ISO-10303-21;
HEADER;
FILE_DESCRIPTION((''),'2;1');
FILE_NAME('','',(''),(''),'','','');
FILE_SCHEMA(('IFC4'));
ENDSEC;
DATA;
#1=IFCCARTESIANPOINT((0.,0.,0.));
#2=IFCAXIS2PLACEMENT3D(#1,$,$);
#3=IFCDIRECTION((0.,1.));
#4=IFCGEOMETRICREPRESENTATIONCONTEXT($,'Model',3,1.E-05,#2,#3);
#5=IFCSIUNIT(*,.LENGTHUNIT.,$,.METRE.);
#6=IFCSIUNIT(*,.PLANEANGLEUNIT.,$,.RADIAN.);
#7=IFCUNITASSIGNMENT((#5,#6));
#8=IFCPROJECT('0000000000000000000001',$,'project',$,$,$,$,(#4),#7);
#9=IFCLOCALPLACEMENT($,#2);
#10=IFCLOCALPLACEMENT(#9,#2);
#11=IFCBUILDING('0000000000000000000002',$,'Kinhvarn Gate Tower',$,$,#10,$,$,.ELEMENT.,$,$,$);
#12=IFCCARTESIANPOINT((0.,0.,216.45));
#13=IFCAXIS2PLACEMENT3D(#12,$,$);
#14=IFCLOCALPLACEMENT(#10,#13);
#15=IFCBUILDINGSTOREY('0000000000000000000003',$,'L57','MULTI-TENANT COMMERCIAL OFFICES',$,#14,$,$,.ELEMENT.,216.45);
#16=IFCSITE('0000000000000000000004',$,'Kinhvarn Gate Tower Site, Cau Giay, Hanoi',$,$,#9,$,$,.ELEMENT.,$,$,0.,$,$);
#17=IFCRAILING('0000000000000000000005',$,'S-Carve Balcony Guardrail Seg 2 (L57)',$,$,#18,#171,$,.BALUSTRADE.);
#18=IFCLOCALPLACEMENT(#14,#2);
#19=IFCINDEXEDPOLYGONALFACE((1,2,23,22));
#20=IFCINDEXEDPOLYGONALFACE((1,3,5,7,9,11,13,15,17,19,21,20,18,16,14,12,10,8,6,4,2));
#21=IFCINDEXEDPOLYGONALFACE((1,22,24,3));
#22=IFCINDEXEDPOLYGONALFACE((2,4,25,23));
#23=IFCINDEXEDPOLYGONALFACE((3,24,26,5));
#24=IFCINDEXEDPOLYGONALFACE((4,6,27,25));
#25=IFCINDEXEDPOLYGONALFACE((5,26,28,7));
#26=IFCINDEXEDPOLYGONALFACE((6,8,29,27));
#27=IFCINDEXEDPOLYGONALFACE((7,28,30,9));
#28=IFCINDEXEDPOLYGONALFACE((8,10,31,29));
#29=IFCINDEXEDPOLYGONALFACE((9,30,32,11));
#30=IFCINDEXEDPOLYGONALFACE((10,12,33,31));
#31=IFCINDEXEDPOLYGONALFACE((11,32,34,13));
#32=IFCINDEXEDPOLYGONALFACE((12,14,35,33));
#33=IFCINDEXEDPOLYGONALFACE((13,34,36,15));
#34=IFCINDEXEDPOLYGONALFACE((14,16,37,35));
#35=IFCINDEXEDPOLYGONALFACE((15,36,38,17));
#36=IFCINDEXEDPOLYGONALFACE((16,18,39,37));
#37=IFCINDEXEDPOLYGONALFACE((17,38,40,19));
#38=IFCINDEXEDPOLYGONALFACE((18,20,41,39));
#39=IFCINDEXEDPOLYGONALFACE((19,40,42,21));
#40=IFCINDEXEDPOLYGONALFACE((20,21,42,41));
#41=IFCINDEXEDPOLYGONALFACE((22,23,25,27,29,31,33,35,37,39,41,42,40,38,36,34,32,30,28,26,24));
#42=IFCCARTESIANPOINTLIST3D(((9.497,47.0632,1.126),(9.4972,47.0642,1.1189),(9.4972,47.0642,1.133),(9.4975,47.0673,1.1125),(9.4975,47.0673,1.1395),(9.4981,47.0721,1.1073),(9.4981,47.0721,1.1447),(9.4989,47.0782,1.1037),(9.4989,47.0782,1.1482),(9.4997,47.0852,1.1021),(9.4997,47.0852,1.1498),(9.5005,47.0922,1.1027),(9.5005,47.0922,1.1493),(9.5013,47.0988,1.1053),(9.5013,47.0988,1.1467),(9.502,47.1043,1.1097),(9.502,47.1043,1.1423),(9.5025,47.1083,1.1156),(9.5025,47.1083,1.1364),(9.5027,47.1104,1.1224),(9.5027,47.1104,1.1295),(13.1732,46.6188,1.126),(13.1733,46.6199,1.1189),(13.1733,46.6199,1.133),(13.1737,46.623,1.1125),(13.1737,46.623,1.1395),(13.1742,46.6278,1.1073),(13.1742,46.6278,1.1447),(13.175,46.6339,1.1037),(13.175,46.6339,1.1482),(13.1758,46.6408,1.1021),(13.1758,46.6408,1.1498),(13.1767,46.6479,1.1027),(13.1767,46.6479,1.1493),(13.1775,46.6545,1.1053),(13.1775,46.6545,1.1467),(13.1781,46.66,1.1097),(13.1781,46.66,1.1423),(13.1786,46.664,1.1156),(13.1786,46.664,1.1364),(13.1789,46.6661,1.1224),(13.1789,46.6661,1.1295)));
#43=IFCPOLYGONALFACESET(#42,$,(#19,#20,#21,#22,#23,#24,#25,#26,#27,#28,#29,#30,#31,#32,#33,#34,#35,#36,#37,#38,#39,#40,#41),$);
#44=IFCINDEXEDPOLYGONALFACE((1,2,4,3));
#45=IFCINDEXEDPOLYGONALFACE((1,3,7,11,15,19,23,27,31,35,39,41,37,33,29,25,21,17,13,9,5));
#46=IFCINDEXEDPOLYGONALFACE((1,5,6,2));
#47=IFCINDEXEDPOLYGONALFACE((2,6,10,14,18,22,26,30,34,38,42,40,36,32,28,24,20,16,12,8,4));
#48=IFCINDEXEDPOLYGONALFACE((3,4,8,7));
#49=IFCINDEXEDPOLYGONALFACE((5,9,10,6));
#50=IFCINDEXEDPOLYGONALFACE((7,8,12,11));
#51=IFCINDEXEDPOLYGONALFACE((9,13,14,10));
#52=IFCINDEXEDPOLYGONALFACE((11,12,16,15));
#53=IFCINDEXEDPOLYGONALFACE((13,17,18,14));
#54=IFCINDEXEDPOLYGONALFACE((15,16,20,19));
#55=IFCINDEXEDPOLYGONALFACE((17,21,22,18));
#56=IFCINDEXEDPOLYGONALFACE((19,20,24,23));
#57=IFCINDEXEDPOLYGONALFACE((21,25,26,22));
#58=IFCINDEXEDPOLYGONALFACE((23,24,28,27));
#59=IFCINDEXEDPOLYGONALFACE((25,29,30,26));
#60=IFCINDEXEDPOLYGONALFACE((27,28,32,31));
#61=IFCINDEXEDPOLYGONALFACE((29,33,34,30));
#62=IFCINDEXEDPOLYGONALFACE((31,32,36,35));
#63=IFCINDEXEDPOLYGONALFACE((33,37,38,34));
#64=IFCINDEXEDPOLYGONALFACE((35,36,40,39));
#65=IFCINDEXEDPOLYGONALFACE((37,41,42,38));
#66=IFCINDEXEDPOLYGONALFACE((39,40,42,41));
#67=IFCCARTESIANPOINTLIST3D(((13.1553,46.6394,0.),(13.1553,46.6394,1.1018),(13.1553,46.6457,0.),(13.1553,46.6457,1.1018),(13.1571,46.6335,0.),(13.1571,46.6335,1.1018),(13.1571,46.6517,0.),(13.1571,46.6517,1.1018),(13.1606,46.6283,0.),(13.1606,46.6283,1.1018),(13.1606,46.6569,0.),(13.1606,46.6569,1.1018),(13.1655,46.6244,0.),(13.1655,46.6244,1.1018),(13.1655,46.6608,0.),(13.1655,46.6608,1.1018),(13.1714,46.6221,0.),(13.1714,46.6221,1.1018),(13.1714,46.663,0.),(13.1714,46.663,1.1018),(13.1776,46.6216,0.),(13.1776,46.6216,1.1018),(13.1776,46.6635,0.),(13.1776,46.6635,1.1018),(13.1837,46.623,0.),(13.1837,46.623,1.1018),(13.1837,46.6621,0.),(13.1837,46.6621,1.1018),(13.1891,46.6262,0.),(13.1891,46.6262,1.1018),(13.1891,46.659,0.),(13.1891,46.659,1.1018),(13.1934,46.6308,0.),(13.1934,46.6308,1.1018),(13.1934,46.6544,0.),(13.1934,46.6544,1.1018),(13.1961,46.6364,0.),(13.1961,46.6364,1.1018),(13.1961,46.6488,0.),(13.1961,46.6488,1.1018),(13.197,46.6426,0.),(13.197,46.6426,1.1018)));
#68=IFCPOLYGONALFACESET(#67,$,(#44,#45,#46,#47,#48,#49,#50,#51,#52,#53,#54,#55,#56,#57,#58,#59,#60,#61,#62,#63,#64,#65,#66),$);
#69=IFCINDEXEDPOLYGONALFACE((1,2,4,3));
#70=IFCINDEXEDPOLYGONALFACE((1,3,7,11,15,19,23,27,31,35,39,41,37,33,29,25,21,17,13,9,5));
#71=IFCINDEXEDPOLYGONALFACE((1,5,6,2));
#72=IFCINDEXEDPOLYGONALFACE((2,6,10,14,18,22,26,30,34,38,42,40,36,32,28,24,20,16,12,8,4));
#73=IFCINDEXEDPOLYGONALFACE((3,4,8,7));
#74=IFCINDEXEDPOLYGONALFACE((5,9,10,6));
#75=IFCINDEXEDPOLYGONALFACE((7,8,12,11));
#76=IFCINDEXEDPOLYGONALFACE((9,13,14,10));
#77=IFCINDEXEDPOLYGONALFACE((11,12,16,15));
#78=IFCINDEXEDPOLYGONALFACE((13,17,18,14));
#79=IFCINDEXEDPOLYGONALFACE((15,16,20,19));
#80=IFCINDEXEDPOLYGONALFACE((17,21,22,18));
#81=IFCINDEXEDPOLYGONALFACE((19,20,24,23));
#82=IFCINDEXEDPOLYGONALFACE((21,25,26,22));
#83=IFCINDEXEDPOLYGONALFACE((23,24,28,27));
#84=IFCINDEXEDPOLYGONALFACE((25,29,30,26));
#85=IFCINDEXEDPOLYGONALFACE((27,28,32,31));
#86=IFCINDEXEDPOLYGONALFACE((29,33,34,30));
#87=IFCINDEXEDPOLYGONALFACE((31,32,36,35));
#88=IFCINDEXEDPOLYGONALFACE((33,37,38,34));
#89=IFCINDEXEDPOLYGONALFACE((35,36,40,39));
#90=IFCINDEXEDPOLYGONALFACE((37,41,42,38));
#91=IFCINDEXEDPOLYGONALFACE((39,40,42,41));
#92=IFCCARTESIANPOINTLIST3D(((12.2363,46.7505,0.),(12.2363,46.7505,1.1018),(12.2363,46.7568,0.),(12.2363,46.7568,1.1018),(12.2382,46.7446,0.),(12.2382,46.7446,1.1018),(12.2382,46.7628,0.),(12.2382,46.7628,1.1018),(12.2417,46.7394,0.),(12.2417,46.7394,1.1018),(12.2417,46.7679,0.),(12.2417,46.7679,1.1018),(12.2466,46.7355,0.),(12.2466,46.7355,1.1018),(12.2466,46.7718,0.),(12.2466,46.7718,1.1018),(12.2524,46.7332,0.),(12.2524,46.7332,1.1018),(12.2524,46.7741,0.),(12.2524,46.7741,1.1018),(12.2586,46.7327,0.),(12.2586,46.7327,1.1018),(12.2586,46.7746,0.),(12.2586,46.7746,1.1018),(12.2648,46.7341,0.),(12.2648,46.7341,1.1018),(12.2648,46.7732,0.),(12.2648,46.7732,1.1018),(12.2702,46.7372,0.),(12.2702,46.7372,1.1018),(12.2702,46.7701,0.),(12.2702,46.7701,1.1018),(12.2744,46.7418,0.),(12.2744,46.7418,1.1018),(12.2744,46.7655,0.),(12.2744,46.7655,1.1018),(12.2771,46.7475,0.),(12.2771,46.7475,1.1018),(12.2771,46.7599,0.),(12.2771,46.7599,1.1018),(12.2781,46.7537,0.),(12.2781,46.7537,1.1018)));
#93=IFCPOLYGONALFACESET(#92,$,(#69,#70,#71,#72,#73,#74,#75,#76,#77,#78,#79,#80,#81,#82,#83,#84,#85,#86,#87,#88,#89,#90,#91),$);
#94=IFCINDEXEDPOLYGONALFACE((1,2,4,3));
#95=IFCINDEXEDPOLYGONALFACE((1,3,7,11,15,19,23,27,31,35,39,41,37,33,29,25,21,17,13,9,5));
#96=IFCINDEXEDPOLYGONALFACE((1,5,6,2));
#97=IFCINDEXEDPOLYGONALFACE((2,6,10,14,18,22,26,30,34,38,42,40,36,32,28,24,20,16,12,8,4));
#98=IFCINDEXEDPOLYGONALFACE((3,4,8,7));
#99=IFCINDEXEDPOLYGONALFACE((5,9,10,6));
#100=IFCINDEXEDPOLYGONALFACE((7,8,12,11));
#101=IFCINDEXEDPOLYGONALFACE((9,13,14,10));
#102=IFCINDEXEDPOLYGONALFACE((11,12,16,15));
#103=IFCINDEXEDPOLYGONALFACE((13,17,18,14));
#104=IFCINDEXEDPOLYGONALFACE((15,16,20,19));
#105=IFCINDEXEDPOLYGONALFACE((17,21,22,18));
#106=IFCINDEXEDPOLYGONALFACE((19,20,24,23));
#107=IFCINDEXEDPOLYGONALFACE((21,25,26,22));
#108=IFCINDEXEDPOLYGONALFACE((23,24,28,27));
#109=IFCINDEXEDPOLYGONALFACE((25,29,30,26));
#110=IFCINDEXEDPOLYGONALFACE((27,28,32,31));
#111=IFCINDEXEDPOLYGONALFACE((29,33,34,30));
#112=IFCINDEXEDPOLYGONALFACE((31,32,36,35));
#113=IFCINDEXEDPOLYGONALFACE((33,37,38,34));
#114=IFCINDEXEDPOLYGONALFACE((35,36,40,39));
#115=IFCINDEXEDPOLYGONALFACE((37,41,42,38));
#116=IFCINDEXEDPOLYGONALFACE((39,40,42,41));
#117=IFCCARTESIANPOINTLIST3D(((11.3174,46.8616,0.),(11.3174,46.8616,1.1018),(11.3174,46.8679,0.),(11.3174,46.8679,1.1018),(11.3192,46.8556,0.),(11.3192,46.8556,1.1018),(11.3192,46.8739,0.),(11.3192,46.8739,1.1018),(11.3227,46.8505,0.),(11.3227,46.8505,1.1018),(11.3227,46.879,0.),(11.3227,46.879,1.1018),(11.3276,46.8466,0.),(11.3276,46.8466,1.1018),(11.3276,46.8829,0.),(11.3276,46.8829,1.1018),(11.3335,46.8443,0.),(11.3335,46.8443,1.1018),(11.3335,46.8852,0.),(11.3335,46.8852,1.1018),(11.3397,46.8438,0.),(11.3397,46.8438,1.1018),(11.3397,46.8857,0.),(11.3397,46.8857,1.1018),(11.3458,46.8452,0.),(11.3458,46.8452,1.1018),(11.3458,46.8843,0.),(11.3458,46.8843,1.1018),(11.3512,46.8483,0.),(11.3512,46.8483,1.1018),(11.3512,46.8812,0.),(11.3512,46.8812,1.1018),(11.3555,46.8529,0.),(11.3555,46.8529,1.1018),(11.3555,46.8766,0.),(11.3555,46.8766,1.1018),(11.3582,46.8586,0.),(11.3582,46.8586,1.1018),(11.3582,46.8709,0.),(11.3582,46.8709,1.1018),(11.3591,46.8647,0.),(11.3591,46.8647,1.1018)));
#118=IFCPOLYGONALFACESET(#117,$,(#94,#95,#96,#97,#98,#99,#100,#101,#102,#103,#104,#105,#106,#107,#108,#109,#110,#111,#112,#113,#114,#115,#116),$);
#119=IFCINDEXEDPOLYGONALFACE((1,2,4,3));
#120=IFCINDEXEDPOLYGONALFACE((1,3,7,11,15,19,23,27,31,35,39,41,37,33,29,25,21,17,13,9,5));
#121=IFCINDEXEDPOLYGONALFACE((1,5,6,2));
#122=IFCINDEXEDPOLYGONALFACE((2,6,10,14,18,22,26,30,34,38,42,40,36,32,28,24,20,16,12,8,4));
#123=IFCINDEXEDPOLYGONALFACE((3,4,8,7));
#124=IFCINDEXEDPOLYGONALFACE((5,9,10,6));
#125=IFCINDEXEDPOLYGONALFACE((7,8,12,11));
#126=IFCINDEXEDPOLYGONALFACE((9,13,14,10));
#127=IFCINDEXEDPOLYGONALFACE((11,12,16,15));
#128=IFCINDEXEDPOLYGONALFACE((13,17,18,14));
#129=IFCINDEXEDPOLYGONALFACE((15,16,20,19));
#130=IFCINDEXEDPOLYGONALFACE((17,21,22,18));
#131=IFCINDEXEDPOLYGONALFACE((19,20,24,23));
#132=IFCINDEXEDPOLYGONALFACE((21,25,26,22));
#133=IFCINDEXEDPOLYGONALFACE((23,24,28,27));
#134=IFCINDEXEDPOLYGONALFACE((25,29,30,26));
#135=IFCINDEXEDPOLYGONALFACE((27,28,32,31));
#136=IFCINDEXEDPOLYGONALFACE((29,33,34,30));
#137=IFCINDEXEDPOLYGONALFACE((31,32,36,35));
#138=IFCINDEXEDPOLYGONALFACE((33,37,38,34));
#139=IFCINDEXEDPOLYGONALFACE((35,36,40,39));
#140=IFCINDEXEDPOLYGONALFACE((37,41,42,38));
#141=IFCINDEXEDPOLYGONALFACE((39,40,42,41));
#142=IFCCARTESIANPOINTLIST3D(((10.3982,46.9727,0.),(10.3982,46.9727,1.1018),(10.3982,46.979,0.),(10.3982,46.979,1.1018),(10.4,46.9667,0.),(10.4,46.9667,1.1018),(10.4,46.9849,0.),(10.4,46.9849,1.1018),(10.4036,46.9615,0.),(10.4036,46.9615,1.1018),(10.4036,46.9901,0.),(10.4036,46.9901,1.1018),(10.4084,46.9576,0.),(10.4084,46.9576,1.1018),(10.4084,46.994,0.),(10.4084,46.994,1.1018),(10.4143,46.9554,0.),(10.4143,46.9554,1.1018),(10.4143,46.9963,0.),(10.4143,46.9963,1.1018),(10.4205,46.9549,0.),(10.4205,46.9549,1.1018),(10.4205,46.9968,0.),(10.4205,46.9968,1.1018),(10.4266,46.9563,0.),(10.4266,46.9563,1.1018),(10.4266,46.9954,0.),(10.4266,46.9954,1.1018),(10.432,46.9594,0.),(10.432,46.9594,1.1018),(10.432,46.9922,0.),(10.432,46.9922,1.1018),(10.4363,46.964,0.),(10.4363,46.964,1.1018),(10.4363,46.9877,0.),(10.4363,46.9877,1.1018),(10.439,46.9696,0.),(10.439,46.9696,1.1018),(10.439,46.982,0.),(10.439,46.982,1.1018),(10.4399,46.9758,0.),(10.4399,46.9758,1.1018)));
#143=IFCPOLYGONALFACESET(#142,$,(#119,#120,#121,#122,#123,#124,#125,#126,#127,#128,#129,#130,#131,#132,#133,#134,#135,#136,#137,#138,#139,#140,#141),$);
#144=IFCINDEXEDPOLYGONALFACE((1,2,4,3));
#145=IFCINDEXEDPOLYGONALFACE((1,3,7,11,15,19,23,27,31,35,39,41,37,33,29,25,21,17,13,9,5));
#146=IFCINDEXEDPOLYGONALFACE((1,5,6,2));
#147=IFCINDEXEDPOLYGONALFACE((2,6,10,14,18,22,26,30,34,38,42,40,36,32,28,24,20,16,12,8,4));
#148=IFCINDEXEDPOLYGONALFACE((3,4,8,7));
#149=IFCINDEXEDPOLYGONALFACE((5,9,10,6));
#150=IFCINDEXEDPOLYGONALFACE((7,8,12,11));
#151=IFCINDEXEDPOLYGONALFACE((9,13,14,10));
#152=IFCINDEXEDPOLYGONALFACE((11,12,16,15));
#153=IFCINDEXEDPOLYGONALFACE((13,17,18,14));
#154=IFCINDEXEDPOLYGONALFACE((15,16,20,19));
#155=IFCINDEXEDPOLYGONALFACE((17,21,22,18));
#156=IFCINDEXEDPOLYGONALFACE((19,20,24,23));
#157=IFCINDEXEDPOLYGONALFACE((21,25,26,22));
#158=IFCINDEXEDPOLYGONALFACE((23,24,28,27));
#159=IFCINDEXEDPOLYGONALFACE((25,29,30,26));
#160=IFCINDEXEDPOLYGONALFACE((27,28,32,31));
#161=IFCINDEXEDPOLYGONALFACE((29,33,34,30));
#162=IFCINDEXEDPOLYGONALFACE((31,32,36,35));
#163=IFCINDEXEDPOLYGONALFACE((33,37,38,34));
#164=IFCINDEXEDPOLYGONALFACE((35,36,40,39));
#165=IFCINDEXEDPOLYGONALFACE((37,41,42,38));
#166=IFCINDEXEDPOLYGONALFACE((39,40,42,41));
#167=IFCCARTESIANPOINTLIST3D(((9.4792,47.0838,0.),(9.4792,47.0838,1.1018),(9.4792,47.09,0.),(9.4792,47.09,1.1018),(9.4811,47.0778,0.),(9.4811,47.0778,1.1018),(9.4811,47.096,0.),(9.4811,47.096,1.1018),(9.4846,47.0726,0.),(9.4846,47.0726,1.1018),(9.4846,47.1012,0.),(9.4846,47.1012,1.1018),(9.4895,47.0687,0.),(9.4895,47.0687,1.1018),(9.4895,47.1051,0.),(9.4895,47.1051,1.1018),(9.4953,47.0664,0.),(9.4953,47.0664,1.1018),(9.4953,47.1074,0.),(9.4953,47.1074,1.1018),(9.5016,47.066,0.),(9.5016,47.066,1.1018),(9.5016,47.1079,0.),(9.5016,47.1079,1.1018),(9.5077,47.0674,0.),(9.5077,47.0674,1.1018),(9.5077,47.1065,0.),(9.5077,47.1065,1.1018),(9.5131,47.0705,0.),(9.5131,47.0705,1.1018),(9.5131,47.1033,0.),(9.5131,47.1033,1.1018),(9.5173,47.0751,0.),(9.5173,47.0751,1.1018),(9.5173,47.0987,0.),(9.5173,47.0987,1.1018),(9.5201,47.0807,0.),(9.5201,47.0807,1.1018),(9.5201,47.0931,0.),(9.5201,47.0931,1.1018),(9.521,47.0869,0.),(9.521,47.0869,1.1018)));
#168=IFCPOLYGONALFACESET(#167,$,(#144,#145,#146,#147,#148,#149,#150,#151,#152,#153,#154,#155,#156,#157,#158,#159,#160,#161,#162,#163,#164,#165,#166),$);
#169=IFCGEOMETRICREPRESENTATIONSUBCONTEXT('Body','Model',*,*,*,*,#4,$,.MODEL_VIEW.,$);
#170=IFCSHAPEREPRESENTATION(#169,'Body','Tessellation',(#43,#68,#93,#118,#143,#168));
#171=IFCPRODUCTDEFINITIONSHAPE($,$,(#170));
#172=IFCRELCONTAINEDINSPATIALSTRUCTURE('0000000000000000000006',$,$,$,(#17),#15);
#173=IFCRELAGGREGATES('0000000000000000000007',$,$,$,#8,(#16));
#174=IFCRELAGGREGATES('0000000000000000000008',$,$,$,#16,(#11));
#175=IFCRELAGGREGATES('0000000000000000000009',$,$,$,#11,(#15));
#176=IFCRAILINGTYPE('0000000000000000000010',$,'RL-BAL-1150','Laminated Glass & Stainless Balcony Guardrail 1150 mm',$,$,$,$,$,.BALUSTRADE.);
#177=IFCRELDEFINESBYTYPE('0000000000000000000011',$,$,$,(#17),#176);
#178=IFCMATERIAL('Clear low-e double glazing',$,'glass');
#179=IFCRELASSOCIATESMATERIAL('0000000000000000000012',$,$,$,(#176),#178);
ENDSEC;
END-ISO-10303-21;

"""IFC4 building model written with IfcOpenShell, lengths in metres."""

from ifc_helpers import new_model, si_unit, direction, frame, origin, origin_2d, place, context, subcontext, project, spatial, circle, extrude, material, type_object, element, save


model = new_model("IFC4")

# Units and contexts
model_context = context("Model", 3, precision=1e-05, world=origin(), true_north=direction((0.0, 1.0)))
body_context = subcontext(model_context, "Body", "Model", "MODEL_VIEW")
ifc_project = project(units=[si_unit("LENGTHUNIT", "METRE"), si_unit("PLANEANGLEUNIT", "RADIAN")], contexts=[model_context])

# Site, building, storey
site_placement = place(None, origin())
site = spatial("IfcSite", under=ifc_project, at=site_placement, Name="Kinhvarn Gate Tower Site, Cau Giay, Hanoi", CompositionType="ELEMENT", RefElevation=0.0)
building_placement = place(site_placement, origin())
building = spatial("IfcBuilding", under=site, at=building_placement, Name="Kinhvarn Gate Tower", CompositionType="ELEMENT")
storey_placement = place(building_placement, frame((0.0, 0.0, 216.45)))
storey = spatial("IfcBuildingStorey", under=building, at=storey_placement, Name="L57", Description="MULTI-TENANT COMMERCIAL OFFICES", CompositionType="ELEMENT", Elevation=216.45)

# Shared definitions
ifc_material_1 = material(Name="Clear low-e double glazing", Category="glass")

# Railing
railing_type_1 = type_object("IfcRailingType", Name="RL-BAL-1150", Description="Laminated Glass & Stainless Balcony Guardrail 1150 mm", PredefinedType="BALUSTRADE", material=ifc_material_1)
railing_1_placement = place(storey_placement, frame((13.176, 46.6426, 0.0)))
element("IfcRailing", 1, at=railing_1_placement, inside=storey, type_object=railing_type_1, Name="S-Carve Balcony Guardrail Seg 2 (L57)", PredefinedType="BALUSTRADE", context=body_context, shape_type="SweptSolid", body=[
    extrude(circle(Radius=0.0239, at=origin_2d()), frame((0.0, 0.0, 1.126), z_axis=(-0.992774, 0.120001, 0.0), x_axis=(-0.120001, -0.992774, 0.0)), (0.0, 0.0, 1.0), 3.7029),
    extrude(circle(Radius=0.021, at=origin_2d()), origin(), (0.0, 0.0, 1.0), 1.1018),
    extrude(circle(Radius=0.021, at=origin_2d()), frame((-0.9189, 0.1111, 0.0)), (0.0, 0.0, 1.0), 1.1018),
    extrude(circle(Radius=0.021, at=origin_2d()), frame((-1.8379, 0.2222, 0.0)), (0.0, 0.0, 1.0), 1.1018),
    extrude(circle(Radius=0.021, at=origin_2d()), frame((-2.7571, 0.3333, 0.0)), (0.0, 0.0, 1.0), 1.1018),
    extrude(circle(Radius=0.021, at=origin_2d()), frame((-3.676, 0.4443, 0.0)), (0.0, 0.0, 1.0), 1.1018),
])

save(model, "model.ifc")
